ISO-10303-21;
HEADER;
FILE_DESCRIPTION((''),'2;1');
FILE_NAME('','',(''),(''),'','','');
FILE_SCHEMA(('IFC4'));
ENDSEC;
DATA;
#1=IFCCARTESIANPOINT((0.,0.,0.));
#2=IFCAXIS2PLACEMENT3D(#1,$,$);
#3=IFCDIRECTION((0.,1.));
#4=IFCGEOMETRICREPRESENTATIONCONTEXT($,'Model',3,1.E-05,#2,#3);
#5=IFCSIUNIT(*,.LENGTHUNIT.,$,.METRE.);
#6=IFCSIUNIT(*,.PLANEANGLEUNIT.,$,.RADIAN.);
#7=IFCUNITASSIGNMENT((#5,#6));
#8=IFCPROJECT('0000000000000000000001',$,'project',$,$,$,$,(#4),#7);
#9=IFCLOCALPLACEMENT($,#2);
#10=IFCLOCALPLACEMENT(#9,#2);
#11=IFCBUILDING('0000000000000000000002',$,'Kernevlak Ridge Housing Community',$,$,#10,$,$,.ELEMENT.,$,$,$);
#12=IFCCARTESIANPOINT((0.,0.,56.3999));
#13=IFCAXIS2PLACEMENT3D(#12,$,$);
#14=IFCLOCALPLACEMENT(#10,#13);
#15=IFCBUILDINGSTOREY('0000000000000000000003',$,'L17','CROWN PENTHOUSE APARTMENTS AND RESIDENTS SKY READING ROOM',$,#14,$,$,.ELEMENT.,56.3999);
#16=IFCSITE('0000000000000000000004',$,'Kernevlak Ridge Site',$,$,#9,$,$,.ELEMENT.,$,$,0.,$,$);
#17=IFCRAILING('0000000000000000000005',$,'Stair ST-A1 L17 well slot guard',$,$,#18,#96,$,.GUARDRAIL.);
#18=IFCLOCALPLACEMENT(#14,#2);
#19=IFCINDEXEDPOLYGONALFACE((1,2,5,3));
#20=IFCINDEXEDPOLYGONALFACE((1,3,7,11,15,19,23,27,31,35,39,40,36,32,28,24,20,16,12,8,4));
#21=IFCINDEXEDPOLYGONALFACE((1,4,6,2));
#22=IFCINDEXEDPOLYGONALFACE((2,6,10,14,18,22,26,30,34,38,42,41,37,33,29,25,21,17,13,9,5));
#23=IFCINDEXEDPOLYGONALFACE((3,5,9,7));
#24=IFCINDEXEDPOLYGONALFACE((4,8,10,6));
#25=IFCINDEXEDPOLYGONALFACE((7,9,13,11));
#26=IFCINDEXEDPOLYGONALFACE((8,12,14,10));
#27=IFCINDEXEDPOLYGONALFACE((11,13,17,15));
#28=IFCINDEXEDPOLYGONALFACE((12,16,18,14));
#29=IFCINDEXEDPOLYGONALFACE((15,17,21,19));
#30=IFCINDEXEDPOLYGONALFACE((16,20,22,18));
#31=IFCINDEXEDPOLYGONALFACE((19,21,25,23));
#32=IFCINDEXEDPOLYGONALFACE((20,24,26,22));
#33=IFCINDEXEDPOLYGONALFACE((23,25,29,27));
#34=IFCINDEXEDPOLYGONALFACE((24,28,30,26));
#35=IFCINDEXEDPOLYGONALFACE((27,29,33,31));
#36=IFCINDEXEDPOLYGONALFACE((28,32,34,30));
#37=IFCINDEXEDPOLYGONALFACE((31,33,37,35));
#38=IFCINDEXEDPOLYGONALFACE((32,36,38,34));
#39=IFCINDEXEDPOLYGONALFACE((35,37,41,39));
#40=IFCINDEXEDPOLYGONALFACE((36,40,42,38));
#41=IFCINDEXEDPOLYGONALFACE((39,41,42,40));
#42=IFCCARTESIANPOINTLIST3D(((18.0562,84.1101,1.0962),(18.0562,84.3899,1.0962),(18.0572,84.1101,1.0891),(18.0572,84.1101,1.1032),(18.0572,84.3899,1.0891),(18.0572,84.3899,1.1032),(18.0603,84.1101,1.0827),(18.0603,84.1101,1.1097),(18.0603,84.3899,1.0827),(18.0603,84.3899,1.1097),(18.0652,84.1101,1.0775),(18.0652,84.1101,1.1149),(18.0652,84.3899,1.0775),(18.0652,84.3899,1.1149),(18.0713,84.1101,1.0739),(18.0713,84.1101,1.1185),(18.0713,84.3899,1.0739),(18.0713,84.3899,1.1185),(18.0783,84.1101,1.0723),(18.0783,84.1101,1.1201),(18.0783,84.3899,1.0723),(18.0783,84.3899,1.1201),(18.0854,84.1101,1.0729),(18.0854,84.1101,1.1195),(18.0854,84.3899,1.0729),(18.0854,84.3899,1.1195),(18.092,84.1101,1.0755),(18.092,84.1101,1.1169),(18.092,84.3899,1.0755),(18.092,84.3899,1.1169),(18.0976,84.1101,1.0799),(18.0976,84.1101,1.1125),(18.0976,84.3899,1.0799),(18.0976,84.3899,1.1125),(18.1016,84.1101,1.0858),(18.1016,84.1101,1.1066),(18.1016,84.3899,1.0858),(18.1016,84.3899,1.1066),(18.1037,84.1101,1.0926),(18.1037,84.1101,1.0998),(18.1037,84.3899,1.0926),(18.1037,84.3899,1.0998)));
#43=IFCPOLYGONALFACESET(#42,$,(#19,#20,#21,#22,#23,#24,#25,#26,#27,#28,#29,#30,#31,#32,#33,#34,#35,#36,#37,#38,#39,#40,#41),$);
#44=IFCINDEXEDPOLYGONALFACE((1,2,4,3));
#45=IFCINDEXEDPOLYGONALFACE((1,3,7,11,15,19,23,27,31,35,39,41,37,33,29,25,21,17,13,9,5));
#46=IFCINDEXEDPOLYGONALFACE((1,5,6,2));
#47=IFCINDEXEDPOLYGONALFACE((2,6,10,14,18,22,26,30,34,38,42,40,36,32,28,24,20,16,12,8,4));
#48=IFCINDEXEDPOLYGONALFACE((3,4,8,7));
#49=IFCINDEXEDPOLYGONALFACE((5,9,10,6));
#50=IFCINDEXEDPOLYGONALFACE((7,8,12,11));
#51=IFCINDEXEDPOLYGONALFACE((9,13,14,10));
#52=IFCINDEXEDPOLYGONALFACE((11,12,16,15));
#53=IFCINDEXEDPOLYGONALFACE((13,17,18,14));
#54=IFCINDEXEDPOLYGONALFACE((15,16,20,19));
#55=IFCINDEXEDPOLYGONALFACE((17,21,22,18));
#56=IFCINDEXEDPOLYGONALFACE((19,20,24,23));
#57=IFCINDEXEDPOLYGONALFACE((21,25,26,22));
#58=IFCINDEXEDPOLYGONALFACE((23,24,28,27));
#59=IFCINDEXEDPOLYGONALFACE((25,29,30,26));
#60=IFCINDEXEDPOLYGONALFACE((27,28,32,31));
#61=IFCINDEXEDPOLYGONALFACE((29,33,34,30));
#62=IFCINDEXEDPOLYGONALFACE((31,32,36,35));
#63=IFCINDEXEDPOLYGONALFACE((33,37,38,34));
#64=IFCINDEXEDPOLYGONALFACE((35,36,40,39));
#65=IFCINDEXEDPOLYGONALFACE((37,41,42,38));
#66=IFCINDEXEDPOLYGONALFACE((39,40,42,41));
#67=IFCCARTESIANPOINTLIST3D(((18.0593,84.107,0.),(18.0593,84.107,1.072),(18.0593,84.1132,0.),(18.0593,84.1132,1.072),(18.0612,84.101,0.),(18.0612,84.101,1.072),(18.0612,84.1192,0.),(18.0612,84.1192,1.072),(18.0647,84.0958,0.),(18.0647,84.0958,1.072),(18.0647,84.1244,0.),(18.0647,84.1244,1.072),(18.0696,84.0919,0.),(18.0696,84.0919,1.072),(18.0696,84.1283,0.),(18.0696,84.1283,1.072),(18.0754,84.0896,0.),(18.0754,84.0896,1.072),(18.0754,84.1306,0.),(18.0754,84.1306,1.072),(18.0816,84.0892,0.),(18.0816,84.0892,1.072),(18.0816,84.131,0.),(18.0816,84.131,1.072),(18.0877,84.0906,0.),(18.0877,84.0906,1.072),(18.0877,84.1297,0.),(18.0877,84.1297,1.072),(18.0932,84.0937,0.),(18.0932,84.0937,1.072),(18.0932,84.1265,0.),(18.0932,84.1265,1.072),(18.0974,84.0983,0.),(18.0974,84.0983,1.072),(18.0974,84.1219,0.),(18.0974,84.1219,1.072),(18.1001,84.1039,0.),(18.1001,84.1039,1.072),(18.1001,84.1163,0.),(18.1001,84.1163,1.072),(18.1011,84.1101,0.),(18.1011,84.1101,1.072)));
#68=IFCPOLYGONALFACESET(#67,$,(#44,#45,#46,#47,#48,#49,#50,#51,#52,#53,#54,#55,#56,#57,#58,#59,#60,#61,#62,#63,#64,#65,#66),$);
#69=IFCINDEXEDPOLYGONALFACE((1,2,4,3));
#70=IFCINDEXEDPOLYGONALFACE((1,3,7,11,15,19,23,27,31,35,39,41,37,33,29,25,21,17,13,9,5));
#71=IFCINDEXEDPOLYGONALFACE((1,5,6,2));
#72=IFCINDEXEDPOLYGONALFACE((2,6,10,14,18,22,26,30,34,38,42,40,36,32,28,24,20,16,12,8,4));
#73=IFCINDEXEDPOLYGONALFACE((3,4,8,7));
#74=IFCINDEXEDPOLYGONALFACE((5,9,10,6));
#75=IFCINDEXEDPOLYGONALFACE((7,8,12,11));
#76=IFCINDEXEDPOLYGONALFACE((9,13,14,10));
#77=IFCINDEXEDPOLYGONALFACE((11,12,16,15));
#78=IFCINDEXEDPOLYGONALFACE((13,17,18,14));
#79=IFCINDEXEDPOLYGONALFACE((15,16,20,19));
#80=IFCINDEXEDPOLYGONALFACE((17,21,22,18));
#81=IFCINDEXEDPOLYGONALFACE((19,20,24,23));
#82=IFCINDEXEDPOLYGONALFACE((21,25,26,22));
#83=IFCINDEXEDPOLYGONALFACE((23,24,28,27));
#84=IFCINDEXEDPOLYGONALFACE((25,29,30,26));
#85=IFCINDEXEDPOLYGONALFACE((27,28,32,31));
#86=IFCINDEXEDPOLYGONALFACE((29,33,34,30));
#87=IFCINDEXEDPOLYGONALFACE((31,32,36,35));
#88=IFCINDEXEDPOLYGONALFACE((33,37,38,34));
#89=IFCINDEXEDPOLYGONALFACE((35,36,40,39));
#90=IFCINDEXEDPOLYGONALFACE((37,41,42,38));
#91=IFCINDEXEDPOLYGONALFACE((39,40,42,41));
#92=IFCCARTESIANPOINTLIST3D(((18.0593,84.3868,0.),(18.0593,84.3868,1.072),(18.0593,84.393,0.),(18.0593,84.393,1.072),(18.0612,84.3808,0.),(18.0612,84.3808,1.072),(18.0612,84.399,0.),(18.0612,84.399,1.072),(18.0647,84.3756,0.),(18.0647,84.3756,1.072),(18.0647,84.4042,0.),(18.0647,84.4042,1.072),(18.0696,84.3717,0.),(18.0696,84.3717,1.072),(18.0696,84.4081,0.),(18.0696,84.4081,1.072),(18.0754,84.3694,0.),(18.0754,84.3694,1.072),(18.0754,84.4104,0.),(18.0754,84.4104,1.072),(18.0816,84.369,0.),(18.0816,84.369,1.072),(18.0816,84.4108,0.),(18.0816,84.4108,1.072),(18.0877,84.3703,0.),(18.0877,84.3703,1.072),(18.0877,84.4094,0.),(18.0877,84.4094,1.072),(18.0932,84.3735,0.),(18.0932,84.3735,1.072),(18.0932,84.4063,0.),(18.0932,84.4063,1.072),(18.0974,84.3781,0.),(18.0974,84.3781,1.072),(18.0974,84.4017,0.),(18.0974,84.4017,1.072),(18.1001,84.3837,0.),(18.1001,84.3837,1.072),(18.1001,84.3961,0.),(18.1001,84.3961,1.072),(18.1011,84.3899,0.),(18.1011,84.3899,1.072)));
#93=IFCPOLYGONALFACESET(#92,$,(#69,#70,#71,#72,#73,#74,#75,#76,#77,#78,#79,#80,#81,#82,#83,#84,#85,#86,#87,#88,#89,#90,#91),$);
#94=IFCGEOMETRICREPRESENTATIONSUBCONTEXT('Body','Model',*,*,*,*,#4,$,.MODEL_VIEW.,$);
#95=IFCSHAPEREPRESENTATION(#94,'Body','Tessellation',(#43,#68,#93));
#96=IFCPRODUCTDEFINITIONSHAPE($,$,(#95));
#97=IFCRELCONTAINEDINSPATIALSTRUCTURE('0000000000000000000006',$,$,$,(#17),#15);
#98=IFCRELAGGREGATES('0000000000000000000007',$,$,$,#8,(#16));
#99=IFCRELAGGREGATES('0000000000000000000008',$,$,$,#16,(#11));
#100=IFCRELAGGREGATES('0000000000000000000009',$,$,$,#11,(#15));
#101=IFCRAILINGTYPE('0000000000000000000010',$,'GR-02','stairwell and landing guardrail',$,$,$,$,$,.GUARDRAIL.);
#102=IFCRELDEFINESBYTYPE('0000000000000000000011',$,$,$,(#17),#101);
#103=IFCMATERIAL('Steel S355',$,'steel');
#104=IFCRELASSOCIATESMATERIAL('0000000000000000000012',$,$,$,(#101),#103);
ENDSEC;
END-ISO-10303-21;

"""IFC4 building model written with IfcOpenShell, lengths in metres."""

from ifc_helpers import new_model, si_unit, direction, frame, origin, origin_2d, place, context, subcontext, project, spatial, circle, extrude, material, type_object, element, save


model = new_model("IFC4")

# Units and contexts
model_context = context("Model", 3, precision=1e-05, world=origin(), true_north=direction((0.0, 1.0)))
body_context = subcontext(model_context, "Body", "Model", "MODEL_VIEW")
ifc_project = project(units=[si_unit("LENGTHUNIT", "METRE"), si_unit("PLANEANGLEUNIT", "RADIAN")], contexts=[model_context])

# Site, building, storey
site_placement = place(None, origin())
site = spatial("IfcSite", under=ifc_project, at=site_placement, Name="Kernevlak Ridge Site", CompositionType="ELEMENT", RefElevation=0.0)
building_placement = place(site_placement, origin())
building = spatial("IfcBuilding", under=site, at=building_placement, Name="Kernevlak Ridge Housing Community", CompositionType="ELEMENT")
storey_placement = place(building_placement, frame((0.0, 0.0, 56.3999)))
storey = spatial("IfcBuildingStorey", under=building, at=storey_placement, Name="L17", Description="CROWN PENTHOUSE APARTMENTS AND RESIDENTS SKY READING ROOM", CompositionType="ELEMENT", Elevation=56.3999)

# Railing
ifc_material_1 = material(Name="Steel S355", Category="steel")
railing_type_1 = type_object("IfcRailingType", Name="GR-02", Description="stairwell and landing guardrail", PredefinedType="GUARDRAIL", material=ifc_material_1)
railing_1_placement = place(storey_placement, frame((18.0801, 84.1101, 0.0)))
element("IfcRailing", 1, at=railing_1_placement, inside=storey, type_object=railing_type_1, Name="Stair ST-A1 L17 well slot guard", PredefinedType="GUARDRAIL", context=body_context, shape_type="SweptSolid", body=[
    extrude(circle(Radius=0.0239, at=origin_2d()), frame((0.0, 0.0, 1.0962), z_axis=(0.0, 1.0, 0.0), x_axis=(-1.0, 0.0, 0.0)), (0.0, 0.0, 1.0), 0.2798),
    extrude(circle(Radius=0.021, at=origin_2d()), origin(), (0.0, 0.0, 1.0), 1.072),
    extrude(circle(Radius=0.021, at=origin_2d()), frame((0.0, 0.2798, 0.0)), (0.0, 0.0, 1.0), 1.072),
])

save(model, "model.ifc")
